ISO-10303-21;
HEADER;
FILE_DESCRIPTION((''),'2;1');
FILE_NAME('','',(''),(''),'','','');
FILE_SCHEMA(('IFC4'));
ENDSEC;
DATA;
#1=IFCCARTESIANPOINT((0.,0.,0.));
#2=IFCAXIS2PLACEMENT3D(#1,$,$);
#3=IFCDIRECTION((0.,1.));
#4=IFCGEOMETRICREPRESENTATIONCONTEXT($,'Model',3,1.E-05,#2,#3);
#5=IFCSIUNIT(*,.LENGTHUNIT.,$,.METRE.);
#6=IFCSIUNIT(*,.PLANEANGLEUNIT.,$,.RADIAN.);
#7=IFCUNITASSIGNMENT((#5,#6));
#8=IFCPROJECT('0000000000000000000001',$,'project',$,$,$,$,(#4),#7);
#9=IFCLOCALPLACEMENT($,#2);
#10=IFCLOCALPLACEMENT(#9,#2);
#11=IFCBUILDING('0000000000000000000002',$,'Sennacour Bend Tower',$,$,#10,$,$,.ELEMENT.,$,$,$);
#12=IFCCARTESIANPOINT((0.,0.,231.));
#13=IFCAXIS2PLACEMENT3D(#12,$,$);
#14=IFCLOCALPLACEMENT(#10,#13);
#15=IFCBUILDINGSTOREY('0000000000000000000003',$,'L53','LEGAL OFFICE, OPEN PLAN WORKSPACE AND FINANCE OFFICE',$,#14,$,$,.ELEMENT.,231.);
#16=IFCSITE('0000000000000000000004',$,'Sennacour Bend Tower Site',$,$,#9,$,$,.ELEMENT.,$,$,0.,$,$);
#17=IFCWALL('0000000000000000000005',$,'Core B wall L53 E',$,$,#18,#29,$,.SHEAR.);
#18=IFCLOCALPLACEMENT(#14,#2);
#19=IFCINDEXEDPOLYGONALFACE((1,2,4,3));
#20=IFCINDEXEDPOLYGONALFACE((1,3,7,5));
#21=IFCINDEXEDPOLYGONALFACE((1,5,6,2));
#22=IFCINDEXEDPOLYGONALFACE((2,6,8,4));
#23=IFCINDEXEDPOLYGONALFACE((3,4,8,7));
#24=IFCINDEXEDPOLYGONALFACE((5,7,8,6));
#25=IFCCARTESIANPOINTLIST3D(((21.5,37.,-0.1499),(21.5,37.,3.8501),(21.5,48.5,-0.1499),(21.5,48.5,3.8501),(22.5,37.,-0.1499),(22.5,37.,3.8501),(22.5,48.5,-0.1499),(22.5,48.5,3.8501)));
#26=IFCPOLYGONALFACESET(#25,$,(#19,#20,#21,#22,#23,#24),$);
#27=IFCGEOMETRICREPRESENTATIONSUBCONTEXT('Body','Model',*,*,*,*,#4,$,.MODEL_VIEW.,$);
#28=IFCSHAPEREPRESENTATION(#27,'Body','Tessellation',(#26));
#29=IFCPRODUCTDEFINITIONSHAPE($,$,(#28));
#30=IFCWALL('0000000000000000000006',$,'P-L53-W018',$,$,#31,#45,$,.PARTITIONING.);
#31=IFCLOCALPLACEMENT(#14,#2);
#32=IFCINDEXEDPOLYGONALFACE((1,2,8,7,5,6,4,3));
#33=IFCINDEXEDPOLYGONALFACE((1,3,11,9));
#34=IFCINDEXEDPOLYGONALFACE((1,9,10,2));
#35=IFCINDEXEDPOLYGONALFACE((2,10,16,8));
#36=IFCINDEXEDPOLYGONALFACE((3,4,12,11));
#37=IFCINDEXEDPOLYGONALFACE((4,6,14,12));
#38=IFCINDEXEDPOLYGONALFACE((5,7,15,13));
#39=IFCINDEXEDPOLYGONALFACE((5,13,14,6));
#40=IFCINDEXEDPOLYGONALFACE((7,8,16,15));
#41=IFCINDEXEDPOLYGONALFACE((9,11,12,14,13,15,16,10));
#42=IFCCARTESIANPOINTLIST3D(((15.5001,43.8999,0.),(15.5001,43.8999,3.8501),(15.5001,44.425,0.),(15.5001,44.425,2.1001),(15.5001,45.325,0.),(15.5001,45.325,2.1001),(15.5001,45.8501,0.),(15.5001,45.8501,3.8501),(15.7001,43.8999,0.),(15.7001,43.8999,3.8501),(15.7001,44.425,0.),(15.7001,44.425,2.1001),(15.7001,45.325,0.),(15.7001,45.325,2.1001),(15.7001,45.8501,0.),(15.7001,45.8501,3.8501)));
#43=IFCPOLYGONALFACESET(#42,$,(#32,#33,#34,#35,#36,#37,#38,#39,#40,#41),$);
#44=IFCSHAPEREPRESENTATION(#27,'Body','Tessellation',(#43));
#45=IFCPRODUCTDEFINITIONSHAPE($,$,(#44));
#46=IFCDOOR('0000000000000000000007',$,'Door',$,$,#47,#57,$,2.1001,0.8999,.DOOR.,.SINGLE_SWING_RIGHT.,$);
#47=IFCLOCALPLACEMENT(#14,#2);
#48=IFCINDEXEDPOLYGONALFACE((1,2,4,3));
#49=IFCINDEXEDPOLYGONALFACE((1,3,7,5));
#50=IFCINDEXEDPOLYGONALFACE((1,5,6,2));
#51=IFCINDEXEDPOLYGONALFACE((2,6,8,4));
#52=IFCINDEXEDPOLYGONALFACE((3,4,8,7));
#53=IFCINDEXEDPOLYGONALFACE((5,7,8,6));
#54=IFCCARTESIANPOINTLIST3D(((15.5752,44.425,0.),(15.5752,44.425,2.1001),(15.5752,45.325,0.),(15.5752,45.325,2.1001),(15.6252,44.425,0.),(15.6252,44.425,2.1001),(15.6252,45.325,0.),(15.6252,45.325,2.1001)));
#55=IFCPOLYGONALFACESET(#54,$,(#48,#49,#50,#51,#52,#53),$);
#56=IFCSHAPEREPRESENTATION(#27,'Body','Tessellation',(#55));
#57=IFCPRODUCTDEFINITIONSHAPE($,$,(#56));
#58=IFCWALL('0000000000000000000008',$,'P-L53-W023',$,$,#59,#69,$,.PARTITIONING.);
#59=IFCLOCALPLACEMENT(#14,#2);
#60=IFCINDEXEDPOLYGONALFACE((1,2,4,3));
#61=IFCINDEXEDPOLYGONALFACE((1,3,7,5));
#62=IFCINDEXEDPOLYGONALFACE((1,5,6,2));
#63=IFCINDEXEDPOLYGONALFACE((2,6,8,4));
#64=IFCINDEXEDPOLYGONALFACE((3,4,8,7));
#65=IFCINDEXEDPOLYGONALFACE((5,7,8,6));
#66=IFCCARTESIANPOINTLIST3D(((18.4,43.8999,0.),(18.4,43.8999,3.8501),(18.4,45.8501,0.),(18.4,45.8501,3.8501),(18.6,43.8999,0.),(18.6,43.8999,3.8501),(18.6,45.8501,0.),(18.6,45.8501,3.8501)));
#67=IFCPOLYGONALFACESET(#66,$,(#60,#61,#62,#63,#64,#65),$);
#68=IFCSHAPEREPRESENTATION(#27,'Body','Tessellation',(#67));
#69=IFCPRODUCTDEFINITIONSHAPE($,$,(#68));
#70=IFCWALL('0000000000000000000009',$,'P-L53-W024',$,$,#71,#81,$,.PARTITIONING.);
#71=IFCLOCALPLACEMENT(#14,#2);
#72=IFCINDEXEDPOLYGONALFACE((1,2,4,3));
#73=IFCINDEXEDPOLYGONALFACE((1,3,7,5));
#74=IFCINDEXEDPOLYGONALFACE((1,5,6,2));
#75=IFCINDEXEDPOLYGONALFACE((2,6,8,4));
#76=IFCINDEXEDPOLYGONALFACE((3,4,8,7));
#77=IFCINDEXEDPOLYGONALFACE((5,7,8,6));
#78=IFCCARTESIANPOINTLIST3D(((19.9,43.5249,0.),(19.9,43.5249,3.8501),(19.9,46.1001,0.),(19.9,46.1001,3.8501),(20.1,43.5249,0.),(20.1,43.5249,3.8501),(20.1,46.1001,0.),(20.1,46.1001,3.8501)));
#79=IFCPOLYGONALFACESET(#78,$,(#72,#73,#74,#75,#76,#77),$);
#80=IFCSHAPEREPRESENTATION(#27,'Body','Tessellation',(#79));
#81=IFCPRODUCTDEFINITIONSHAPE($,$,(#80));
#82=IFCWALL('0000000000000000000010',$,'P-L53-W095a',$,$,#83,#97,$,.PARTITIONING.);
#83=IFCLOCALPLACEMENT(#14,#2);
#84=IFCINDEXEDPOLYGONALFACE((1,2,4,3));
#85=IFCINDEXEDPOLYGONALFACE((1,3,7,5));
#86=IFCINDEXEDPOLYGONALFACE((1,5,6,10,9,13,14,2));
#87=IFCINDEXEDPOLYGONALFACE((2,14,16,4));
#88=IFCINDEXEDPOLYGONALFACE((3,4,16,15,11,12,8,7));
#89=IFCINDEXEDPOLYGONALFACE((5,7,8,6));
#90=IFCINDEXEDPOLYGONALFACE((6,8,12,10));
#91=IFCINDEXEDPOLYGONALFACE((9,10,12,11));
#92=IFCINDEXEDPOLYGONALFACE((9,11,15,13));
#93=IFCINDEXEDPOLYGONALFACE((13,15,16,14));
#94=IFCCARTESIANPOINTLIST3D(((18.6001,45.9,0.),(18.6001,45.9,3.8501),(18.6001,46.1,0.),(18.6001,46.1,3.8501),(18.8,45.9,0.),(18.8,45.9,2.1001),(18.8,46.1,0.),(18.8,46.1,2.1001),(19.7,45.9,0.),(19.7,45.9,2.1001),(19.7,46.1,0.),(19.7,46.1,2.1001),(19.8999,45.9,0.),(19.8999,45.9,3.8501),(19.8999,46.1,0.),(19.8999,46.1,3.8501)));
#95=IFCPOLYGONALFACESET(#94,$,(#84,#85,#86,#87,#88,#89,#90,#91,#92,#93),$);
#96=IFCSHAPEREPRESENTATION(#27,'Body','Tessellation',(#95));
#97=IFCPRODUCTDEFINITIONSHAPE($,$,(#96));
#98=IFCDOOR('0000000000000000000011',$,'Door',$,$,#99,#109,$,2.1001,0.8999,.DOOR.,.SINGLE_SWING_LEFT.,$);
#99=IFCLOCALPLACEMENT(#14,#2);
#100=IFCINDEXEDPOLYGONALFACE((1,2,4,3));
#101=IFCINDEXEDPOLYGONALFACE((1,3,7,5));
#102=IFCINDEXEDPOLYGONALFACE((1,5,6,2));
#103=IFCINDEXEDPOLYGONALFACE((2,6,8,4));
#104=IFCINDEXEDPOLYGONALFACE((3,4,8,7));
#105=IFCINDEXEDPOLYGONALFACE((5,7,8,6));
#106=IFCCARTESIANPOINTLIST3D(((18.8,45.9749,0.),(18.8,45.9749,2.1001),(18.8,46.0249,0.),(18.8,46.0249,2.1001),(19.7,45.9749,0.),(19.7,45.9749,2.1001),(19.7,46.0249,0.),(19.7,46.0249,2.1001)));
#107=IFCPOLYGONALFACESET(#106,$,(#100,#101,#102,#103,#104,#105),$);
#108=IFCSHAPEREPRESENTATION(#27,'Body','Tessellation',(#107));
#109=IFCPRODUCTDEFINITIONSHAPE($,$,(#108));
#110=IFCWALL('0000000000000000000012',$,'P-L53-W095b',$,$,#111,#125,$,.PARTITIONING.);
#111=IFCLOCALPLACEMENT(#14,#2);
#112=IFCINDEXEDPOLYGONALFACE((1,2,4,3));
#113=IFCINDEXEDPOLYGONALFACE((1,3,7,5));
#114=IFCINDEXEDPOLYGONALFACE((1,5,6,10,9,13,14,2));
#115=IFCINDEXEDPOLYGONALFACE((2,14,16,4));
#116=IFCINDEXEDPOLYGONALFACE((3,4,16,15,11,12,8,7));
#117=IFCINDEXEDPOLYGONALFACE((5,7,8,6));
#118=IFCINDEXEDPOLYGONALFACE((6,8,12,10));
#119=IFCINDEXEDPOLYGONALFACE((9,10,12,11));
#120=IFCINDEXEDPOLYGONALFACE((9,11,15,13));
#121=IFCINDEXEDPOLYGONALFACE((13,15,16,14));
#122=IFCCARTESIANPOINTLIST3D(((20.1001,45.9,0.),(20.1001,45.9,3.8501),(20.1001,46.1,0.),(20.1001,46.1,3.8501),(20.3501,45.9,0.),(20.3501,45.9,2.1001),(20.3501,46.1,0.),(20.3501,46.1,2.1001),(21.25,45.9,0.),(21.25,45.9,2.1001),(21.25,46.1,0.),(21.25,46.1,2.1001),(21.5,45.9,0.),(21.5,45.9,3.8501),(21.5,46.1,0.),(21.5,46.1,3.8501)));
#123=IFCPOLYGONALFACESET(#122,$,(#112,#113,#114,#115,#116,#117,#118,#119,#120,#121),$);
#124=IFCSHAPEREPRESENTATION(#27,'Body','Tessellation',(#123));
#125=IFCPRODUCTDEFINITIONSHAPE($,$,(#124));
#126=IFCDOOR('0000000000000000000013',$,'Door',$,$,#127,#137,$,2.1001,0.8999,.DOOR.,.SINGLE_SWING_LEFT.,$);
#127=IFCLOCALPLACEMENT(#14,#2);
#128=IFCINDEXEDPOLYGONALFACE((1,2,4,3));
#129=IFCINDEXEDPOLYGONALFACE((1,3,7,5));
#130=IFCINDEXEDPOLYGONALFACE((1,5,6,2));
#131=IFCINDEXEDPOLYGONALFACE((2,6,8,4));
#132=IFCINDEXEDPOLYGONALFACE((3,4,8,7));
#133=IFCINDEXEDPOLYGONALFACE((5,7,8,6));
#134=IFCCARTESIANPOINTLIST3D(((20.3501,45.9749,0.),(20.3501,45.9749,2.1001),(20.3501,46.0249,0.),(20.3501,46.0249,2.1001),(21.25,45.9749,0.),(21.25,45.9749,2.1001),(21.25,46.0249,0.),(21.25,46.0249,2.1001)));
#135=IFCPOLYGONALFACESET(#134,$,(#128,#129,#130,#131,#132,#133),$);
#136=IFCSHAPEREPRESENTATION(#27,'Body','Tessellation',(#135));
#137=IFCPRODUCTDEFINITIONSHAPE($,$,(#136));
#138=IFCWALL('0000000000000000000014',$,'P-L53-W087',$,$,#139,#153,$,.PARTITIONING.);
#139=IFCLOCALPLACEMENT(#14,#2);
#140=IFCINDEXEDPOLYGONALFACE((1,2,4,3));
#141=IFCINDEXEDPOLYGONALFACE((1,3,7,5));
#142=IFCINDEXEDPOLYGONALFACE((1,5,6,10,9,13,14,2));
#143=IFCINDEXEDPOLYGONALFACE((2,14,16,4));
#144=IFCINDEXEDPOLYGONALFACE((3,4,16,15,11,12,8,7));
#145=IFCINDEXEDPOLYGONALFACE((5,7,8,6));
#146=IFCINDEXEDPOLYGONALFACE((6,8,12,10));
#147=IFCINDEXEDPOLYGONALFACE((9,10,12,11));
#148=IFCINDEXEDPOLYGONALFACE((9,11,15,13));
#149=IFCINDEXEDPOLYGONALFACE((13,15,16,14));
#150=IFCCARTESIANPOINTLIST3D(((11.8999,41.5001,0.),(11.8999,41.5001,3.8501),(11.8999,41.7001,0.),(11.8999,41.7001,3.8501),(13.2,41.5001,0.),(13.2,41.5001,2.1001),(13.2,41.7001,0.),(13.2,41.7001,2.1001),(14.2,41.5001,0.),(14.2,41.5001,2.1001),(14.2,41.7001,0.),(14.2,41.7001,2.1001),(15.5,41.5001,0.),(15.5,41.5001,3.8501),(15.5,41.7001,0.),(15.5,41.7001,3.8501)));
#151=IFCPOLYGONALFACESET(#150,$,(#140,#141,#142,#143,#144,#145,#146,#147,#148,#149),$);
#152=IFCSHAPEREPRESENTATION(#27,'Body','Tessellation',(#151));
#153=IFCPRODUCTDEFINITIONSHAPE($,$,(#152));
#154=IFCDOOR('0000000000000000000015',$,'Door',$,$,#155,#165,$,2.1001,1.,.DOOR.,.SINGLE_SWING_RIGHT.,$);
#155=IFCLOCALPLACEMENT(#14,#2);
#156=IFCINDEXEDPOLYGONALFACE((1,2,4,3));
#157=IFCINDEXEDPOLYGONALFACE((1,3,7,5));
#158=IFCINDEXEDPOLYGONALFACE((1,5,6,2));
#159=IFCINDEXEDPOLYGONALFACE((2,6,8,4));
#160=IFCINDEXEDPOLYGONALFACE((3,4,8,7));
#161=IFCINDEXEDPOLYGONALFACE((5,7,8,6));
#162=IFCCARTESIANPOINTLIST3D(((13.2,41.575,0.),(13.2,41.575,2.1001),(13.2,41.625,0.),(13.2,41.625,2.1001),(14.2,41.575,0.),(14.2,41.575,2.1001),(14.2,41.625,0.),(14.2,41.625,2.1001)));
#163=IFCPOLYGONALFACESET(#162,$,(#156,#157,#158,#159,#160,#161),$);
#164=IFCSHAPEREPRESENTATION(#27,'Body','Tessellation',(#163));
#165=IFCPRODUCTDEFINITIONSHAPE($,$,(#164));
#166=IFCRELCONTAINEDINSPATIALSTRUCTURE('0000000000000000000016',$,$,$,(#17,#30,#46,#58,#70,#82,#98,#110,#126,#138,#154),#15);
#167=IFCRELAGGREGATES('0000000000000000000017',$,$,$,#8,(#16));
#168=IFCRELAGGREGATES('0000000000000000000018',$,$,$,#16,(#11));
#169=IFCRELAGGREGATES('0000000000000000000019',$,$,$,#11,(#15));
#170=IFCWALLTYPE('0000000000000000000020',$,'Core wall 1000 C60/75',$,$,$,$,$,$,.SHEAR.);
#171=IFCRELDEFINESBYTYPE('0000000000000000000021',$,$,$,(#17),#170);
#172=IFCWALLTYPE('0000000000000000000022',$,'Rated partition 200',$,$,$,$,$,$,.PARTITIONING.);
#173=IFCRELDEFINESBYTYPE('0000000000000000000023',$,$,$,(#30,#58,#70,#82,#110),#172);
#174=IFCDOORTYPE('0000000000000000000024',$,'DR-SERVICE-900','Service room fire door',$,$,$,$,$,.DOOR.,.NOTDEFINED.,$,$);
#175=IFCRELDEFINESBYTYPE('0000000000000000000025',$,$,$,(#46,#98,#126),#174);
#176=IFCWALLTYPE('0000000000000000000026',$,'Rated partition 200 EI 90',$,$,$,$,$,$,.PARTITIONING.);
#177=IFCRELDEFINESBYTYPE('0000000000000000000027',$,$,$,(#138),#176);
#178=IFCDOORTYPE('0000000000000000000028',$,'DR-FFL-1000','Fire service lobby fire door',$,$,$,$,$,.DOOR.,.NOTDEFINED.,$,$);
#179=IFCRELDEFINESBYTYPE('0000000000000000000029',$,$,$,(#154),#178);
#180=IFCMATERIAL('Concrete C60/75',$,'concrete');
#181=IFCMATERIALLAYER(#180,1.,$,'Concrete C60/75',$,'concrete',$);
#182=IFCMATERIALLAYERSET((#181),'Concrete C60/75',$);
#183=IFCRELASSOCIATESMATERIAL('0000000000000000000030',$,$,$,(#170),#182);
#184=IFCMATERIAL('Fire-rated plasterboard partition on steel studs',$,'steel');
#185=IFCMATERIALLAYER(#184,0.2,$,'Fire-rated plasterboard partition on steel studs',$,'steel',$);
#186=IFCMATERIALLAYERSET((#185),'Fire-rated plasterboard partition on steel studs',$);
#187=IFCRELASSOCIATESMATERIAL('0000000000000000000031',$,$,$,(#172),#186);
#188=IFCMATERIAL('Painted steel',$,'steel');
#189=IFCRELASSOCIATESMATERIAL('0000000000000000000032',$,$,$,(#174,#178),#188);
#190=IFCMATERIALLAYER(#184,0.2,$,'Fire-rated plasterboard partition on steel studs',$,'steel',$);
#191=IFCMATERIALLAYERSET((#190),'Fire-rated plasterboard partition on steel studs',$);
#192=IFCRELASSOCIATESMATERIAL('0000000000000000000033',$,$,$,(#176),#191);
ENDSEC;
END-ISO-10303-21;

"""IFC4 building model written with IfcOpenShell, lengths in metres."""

from ifc_helpers import new_model, si_unit, direction, frame, frame_2d, origin, place, context, subcontext, project, spatial, rectangle, extrude, material, layer, layer_set, type_object, element, fill, save


model = new_model("IFC4")

# Units and contexts
model_context = context("Model", 3, precision=1e-05, world=origin(), true_north=direction((0.0, 1.0)))
body_context = subcontext(model_context, "Body", "Model", "MODEL_VIEW")
ifc_project = project(units=[si_unit("LENGTHUNIT", "METRE"), si_unit("PLANEANGLEUNIT", "RADIAN")], contexts=[model_context])

# Site, building, storey
site_placement = place(None, origin())
site = spatial("IfcSite", under=ifc_project, at=site_placement, Name="Sennacour Bend Tower Site", CompositionType="ELEMENT", RefElevation=0.0)
building_placement = place(site_placement, origin())
building = spatial("IfcBuilding", under=site, at=building_placement, Name="Sennacour Bend Tower", CompositionType="ELEMENT")
storey_placement = place(building_placement, frame((0.0, 0.0, 231.0)))
storey = spatial("IfcBuildingStorey", under=building, at=storey_placement, Name="L53", Description="LEGAL OFFICE, OPEN PLAN WORKSPACE AND FINANCE OFFICE", CompositionType="ELEMENT", Elevation=231.0)

# Wall
ifc_material_1 = material(Name="Concrete C60/75", Category="concrete")
ifc_layer_1 = layer(ifc_material_1, 1.0, Name="Concrete C60/75", Category="concrete")
ifc_layer_set_1 = layer_set([ifc_layer_1], Name="Concrete C60/75")
wall_type_1 = type_object("IfcWallType", Name="Core wall 1000 C60/75", PredefinedType="SHEAR", material=ifc_layer_set_1)
wall_1_placement = place(storey_placement, frame((22.0, 37.0, -0.1499), z_axis=(0.0, 0.0, 1.0), x_axis=(0.0, 1.0, 0.0)))
element("IfcWall", 1, at=wall_1_placement, inside=storey, type_object=wall_type_1, Name="Core B wall L53 E", PredefinedType="SHEAR", context=body_context, shape_type="SweptSolid", body=[
    extrude(rectangle(XDim=11.5, YDim=1.0, at=frame_2d((5.75, 0.0))), origin(), (0.0, 0.0, 1.0), 4.0),
])

# Wall, opening, door
ifc_material_2 = material(Name="Fire-rated plasterboard partition on steel studs", Category="steel")
ifc_layer_2 = layer(ifc_material_2, 0.2, Name="Fire-rated plasterboard partition on steel studs", Category="steel")
ifc_layer_set_2 = layer_set([ifc_layer_2], Name="Fire-rated plasterboard partition on steel studs")
wall_type_2 = type_object("IfcWallType", Name="Rated partition 200", PredefinedType="PARTITIONING", material=ifc_layer_set_2)
wall_2_placement = place(storey_placement, frame((15.6001, 43.8999, 0.0), z_axis=(0.0, 0.0, 1.0), x_axis=(0.0, 1.0, 0.0)))
wall_2 = element("IfcWall", 2, at=wall_2_placement, inside=storey, type_object=wall_type_2, Name="P-L53-W018", PredefinedType="PARTITIONING", context=body_context, shape_type="SweptSolid", body=[
    extrude(rectangle(XDim=1.9502, YDim=0.2, at=frame_2d((0.9751, 0.0))), origin(), (0.0, 0.0, 1.0), 3.8501),
])
opening_1_placement = place(wall_2_placement, frame((0.5251, 0.0, 0.0)))
opening_1 = element("IfcOpeningElement", 3, at=opening_1_placement, cuts=wall_2, PredefinedType="OPENING", context=body_context, shape_type="SweptSolid", body=[
    extrude(rectangle(XDim=0.8999, YDim=2.1001, at=frame_2d((0.45, 1.05))), frame((0.0, 0.1099, 0.0), z_axis=(0.0, -1.0, 0.0), x_axis=(1.0, 0.0, 0.0)), (0.0, 0.0, 1.0), 0.22),
])
ifc_material_3 = material(Name="Painted steel", Category="steel")
door_type_1 = type_object("IfcDoorType", Name="DR-SERVICE-900", Description="Service room fire door", OperationType="NOTDEFINED", PredefinedType="DOOR", material=ifc_material_3)
door_1_placement = place(opening_1_placement, origin())
door_1 = element("IfcDoor", 4, at=door_1_placement, inside=storey, type_object=door_type_1, Name="Door", OperationType="SINGLE_SWING_RIGHT", OverallHeight=2.1001, OverallWidth=0.8999, PredefinedType="DOOR", context=body_context, shape_type="SweptSolid", body=[
    extrude(rectangle(XDim=0.8999, YDim=2.1001, at=frame_2d((0.45, 1.05))), frame((0.0, 0.0249, 0.0), z_axis=(0.0, -1.0, 0.0), x_axis=(1.0, 0.0, 0.0)), (0.0, 0.0, 1.0), 0.05),
])
fill(opening_1, door_1)

# Walls
wall_3_placement = place(storey_placement, frame((18.5, 43.8999, 0.0), z_axis=(0.0, 0.0, 1.0), x_axis=(0.0, 1.0, 0.0)))
element("IfcWall", 5, at=wall_3_placement, inside=storey, type_object=wall_type_2, Name="P-L53-W023", PredefinedType="PARTITIONING", context=body_context, shape_type="SweptSolid", body=[
    extrude(rectangle(XDim=1.9502, YDim=0.2, at=frame_2d((0.9751, 0.0))), origin(), (0.0, 0.0, 1.0), 3.8501),
])
wall_4_placement = place(storey_placement, frame((20.0, 43.5249, 0.0), z_axis=(0.0, 0.0, 1.0), x_axis=(0.0, 1.0, 0.0)))
element("IfcWall", 6, at=wall_4_placement, inside=storey, type_object=wall_type_2, Name="P-L53-W024", PredefinedType="PARTITIONING", context=body_context, shape_type="SweptSolid", body=[
    extrude(rectangle(XDim=2.5752, YDim=0.2, at=frame_2d((1.2876, 0.0))), origin(), (0.0, 0.0, 1.0), 3.8501),
])

# Walls, openings, doors
wall_5_placement = place(storey_placement, frame((18.6001, 46.0, 0.0), z_axis=(0.0, 0.0, 1.0), x_axis=(1.0, 0.0, 0.0)))
wall_5 = element("IfcWall", 7, at=wall_5_placement, inside=storey, type_object=wall_type_2, Name="P-L53-W095a", PredefinedType="PARTITIONING", context=body_context, shape_type="SweptSolid", body=[
    extrude(rectangle(XDim=1.2998, YDim=0.2, at=frame_2d((0.6499, 0.0))), origin(), (0.0, 0.0, 1.0), 3.8501),
])
opening_2_placement = place(wall_5_placement, frame((0.2, 0.0, 0.0)))
opening_2 = element("IfcOpeningElement", 8, at=opening_2_placement, cuts=wall_5, PredefinedType="OPENING", context=body_context, shape_type="SweptSolid", body=[
    extrude(rectangle(XDim=0.8999, YDim=2.1001, at=frame_2d((0.45, 1.05))), frame((0.0, 0.1099, 0.0), z_axis=(0.0, -1.0, 0.0), x_axis=(1.0, 0.0, 0.0)), (0.0, 0.0, 1.0), 0.22),
])
door_2_placement = place(opening_2_placement, origin())
door_2 = element("IfcDoor", 9, at=door_2_placement, inside=storey, type_object=door_type_1, Name="Door", OperationType="SINGLE_SWING_LEFT", OverallHeight=2.1001, OverallWidth=0.8999, PredefinedType="DOOR", context=body_context, shape_type="SweptSolid", body=[
    extrude(rectangle(XDim=0.8999, YDim=2.1001, at=frame_2d((0.45, 1.05))), frame((0.0, 0.0249, 0.0), z_axis=(0.0, -1.0, 0.0), x_axis=(1.0, 0.0, 0.0)), (0.0, 0.0, 1.0), 0.05),
])
fill(opening_2, door_2)
wall_6_placement = place(storey_placement, frame((20.1001, 46.0, 0.0), z_axis=(0.0, 0.0, 1.0), x_axis=(1.0, 0.0, 0.0)))
wall_6 = element("IfcWall", 10, at=wall_6_placement, inside=storey, type_object=wall_type_2, Name="P-L53-W095b", PredefinedType="PARTITIONING", context=body_context, shape_type="SweptSolid", body=[
    extrude(rectangle(XDim=1.3999, YDim=0.2, at=frame_2d((0.7, 0.0))), origin(), (0.0, 0.0, 1.0), 3.8501),
])
opening_3_placement = place(wall_6_placement, frame((0.25, 0.0, 0.0)))
opening_3 = element("IfcOpeningElement", 11, at=opening_3_placement, cuts=wall_6, PredefinedType="OPENING", context=body_context, shape_type="SweptSolid", body=[
    extrude(rectangle(XDim=0.8999, YDim=2.1001, at=frame_2d((0.45, 1.05))), frame((0.0, 0.1099, 0.0), z_axis=(0.0, -1.0, 0.0), x_axis=(1.0, 0.0, 0.0)), (0.0, 0.0, 1.0), 0.22),
])
door_3_placement = place(opening_3_placement, origin())
door_3 = element("IfcDoor", 12, at=door_3_placement, inside=storey, type_object=door_type_1, Name="Door", OperationType="SINGLE_SWING_LEFT", OverallHeight=2.1001, OverallWidth=0.8999, PredefinedType="DOOR", context=body_context, shape_type="SweptSolid", body=[
    extrude(rectangle(XDim=0.8999, YDim=2.1001, at=frame_2d((0.45, 1.05))), frame((0.0, 0.0249, 0.0), z_axis=(0.0, -1.0, 0.0), x_axis=(1.0, 0.0, 0.0)), (0.0, 0.0, 1.0), 0.05),
])
fill(opening_3, door_3)
ifc_layer_3 = layer(ifc_material_2, 0.2, Name="Fire-rated plasterboard partition on steel studs", Category="steel")
ifc_layer_set_3 = layer_set([ifc_layer_3], Name="Fire-rated plasterboard partition on steel studs")
wall_type_3 = type_object("IfcWallType", Name="Rated partition 200 EI 90", PredefinedType="PARTITIONING", material=ifc_layer_set_3)
wall_7_placement = place(storey_placement, frame((11.8999, 41.6001, 0.0), z_axis=(0.0, 0.0, 1.0), x_axis=(1.0, 0.0, 0.0)))
wall_7 = element("IfcWall", 13, at=wall_7_placement, inside=storey, type_object=wall_type_3, Name="P-L53-W087", PredefinedType="PARTITIONING", context=body_context, shape_type="SweptSolid", body=[
    extrude(rectangle(XDim=3.6001, YDim=0.2, at=frame_2d((1.8, 0.0))), origin(), (0.0, 0.0, 1.0), 3.8501),
])
opening_4_placement = place(wall_7_placement, frame((1.3, 0.0, 0.0)))
opening_4 = element("IfcOpeningElement", 14, at=opening_4_placement, cuts=wall_7, PredefinedType="OPENING", context=body_context, shape_type="SweptSolid", body=[
    extrude(rectangle(XDim=1.0, YDim=2.1001, at=frame_2d((0.5, 1.05))), frame((0.0, 0.1099, 0.0), z_axis=(0.0, -1.0, 0.0), x_axis=(1.0, 0.0, 0.0)), (0.0, 0.0, 1.0), 0.22),
])
door_type_2 = type_object("IfcDoorType", Name="DR-FFL-1000", Description="Fire service lobby fire door", OperationType="NOTDEFINED", PredefinedType="DOOR", material=ifc_material_3)
door_4_placement = place(opening_4_placement, origin())
door_4 = element("IfcDoor", 15, at=door_4_placement, inside=storey, type_object=door_type_2, Name="Door", OperationType="SINGLE_SWING_RIGHT", OverallHeight=2.1001, OverallWidth=1.0, PredefinedType="DOOR", context=body_context, shape_type="SweptSolid", body=[
    extrude(rectangle(XDim=1.0, YDim=2.1001, at=frame_2d((0.5, 1.05))), frame((0.0, 0.0249, 0.0), z_axis=(0.0, -1.0, 0.0), x_axis=(1.0, 0.0, 0.0)), (0.0, 0.0, 1.0), 0.05),
])
fill(opening_4, door_4)

save(model, "model.ifc")
